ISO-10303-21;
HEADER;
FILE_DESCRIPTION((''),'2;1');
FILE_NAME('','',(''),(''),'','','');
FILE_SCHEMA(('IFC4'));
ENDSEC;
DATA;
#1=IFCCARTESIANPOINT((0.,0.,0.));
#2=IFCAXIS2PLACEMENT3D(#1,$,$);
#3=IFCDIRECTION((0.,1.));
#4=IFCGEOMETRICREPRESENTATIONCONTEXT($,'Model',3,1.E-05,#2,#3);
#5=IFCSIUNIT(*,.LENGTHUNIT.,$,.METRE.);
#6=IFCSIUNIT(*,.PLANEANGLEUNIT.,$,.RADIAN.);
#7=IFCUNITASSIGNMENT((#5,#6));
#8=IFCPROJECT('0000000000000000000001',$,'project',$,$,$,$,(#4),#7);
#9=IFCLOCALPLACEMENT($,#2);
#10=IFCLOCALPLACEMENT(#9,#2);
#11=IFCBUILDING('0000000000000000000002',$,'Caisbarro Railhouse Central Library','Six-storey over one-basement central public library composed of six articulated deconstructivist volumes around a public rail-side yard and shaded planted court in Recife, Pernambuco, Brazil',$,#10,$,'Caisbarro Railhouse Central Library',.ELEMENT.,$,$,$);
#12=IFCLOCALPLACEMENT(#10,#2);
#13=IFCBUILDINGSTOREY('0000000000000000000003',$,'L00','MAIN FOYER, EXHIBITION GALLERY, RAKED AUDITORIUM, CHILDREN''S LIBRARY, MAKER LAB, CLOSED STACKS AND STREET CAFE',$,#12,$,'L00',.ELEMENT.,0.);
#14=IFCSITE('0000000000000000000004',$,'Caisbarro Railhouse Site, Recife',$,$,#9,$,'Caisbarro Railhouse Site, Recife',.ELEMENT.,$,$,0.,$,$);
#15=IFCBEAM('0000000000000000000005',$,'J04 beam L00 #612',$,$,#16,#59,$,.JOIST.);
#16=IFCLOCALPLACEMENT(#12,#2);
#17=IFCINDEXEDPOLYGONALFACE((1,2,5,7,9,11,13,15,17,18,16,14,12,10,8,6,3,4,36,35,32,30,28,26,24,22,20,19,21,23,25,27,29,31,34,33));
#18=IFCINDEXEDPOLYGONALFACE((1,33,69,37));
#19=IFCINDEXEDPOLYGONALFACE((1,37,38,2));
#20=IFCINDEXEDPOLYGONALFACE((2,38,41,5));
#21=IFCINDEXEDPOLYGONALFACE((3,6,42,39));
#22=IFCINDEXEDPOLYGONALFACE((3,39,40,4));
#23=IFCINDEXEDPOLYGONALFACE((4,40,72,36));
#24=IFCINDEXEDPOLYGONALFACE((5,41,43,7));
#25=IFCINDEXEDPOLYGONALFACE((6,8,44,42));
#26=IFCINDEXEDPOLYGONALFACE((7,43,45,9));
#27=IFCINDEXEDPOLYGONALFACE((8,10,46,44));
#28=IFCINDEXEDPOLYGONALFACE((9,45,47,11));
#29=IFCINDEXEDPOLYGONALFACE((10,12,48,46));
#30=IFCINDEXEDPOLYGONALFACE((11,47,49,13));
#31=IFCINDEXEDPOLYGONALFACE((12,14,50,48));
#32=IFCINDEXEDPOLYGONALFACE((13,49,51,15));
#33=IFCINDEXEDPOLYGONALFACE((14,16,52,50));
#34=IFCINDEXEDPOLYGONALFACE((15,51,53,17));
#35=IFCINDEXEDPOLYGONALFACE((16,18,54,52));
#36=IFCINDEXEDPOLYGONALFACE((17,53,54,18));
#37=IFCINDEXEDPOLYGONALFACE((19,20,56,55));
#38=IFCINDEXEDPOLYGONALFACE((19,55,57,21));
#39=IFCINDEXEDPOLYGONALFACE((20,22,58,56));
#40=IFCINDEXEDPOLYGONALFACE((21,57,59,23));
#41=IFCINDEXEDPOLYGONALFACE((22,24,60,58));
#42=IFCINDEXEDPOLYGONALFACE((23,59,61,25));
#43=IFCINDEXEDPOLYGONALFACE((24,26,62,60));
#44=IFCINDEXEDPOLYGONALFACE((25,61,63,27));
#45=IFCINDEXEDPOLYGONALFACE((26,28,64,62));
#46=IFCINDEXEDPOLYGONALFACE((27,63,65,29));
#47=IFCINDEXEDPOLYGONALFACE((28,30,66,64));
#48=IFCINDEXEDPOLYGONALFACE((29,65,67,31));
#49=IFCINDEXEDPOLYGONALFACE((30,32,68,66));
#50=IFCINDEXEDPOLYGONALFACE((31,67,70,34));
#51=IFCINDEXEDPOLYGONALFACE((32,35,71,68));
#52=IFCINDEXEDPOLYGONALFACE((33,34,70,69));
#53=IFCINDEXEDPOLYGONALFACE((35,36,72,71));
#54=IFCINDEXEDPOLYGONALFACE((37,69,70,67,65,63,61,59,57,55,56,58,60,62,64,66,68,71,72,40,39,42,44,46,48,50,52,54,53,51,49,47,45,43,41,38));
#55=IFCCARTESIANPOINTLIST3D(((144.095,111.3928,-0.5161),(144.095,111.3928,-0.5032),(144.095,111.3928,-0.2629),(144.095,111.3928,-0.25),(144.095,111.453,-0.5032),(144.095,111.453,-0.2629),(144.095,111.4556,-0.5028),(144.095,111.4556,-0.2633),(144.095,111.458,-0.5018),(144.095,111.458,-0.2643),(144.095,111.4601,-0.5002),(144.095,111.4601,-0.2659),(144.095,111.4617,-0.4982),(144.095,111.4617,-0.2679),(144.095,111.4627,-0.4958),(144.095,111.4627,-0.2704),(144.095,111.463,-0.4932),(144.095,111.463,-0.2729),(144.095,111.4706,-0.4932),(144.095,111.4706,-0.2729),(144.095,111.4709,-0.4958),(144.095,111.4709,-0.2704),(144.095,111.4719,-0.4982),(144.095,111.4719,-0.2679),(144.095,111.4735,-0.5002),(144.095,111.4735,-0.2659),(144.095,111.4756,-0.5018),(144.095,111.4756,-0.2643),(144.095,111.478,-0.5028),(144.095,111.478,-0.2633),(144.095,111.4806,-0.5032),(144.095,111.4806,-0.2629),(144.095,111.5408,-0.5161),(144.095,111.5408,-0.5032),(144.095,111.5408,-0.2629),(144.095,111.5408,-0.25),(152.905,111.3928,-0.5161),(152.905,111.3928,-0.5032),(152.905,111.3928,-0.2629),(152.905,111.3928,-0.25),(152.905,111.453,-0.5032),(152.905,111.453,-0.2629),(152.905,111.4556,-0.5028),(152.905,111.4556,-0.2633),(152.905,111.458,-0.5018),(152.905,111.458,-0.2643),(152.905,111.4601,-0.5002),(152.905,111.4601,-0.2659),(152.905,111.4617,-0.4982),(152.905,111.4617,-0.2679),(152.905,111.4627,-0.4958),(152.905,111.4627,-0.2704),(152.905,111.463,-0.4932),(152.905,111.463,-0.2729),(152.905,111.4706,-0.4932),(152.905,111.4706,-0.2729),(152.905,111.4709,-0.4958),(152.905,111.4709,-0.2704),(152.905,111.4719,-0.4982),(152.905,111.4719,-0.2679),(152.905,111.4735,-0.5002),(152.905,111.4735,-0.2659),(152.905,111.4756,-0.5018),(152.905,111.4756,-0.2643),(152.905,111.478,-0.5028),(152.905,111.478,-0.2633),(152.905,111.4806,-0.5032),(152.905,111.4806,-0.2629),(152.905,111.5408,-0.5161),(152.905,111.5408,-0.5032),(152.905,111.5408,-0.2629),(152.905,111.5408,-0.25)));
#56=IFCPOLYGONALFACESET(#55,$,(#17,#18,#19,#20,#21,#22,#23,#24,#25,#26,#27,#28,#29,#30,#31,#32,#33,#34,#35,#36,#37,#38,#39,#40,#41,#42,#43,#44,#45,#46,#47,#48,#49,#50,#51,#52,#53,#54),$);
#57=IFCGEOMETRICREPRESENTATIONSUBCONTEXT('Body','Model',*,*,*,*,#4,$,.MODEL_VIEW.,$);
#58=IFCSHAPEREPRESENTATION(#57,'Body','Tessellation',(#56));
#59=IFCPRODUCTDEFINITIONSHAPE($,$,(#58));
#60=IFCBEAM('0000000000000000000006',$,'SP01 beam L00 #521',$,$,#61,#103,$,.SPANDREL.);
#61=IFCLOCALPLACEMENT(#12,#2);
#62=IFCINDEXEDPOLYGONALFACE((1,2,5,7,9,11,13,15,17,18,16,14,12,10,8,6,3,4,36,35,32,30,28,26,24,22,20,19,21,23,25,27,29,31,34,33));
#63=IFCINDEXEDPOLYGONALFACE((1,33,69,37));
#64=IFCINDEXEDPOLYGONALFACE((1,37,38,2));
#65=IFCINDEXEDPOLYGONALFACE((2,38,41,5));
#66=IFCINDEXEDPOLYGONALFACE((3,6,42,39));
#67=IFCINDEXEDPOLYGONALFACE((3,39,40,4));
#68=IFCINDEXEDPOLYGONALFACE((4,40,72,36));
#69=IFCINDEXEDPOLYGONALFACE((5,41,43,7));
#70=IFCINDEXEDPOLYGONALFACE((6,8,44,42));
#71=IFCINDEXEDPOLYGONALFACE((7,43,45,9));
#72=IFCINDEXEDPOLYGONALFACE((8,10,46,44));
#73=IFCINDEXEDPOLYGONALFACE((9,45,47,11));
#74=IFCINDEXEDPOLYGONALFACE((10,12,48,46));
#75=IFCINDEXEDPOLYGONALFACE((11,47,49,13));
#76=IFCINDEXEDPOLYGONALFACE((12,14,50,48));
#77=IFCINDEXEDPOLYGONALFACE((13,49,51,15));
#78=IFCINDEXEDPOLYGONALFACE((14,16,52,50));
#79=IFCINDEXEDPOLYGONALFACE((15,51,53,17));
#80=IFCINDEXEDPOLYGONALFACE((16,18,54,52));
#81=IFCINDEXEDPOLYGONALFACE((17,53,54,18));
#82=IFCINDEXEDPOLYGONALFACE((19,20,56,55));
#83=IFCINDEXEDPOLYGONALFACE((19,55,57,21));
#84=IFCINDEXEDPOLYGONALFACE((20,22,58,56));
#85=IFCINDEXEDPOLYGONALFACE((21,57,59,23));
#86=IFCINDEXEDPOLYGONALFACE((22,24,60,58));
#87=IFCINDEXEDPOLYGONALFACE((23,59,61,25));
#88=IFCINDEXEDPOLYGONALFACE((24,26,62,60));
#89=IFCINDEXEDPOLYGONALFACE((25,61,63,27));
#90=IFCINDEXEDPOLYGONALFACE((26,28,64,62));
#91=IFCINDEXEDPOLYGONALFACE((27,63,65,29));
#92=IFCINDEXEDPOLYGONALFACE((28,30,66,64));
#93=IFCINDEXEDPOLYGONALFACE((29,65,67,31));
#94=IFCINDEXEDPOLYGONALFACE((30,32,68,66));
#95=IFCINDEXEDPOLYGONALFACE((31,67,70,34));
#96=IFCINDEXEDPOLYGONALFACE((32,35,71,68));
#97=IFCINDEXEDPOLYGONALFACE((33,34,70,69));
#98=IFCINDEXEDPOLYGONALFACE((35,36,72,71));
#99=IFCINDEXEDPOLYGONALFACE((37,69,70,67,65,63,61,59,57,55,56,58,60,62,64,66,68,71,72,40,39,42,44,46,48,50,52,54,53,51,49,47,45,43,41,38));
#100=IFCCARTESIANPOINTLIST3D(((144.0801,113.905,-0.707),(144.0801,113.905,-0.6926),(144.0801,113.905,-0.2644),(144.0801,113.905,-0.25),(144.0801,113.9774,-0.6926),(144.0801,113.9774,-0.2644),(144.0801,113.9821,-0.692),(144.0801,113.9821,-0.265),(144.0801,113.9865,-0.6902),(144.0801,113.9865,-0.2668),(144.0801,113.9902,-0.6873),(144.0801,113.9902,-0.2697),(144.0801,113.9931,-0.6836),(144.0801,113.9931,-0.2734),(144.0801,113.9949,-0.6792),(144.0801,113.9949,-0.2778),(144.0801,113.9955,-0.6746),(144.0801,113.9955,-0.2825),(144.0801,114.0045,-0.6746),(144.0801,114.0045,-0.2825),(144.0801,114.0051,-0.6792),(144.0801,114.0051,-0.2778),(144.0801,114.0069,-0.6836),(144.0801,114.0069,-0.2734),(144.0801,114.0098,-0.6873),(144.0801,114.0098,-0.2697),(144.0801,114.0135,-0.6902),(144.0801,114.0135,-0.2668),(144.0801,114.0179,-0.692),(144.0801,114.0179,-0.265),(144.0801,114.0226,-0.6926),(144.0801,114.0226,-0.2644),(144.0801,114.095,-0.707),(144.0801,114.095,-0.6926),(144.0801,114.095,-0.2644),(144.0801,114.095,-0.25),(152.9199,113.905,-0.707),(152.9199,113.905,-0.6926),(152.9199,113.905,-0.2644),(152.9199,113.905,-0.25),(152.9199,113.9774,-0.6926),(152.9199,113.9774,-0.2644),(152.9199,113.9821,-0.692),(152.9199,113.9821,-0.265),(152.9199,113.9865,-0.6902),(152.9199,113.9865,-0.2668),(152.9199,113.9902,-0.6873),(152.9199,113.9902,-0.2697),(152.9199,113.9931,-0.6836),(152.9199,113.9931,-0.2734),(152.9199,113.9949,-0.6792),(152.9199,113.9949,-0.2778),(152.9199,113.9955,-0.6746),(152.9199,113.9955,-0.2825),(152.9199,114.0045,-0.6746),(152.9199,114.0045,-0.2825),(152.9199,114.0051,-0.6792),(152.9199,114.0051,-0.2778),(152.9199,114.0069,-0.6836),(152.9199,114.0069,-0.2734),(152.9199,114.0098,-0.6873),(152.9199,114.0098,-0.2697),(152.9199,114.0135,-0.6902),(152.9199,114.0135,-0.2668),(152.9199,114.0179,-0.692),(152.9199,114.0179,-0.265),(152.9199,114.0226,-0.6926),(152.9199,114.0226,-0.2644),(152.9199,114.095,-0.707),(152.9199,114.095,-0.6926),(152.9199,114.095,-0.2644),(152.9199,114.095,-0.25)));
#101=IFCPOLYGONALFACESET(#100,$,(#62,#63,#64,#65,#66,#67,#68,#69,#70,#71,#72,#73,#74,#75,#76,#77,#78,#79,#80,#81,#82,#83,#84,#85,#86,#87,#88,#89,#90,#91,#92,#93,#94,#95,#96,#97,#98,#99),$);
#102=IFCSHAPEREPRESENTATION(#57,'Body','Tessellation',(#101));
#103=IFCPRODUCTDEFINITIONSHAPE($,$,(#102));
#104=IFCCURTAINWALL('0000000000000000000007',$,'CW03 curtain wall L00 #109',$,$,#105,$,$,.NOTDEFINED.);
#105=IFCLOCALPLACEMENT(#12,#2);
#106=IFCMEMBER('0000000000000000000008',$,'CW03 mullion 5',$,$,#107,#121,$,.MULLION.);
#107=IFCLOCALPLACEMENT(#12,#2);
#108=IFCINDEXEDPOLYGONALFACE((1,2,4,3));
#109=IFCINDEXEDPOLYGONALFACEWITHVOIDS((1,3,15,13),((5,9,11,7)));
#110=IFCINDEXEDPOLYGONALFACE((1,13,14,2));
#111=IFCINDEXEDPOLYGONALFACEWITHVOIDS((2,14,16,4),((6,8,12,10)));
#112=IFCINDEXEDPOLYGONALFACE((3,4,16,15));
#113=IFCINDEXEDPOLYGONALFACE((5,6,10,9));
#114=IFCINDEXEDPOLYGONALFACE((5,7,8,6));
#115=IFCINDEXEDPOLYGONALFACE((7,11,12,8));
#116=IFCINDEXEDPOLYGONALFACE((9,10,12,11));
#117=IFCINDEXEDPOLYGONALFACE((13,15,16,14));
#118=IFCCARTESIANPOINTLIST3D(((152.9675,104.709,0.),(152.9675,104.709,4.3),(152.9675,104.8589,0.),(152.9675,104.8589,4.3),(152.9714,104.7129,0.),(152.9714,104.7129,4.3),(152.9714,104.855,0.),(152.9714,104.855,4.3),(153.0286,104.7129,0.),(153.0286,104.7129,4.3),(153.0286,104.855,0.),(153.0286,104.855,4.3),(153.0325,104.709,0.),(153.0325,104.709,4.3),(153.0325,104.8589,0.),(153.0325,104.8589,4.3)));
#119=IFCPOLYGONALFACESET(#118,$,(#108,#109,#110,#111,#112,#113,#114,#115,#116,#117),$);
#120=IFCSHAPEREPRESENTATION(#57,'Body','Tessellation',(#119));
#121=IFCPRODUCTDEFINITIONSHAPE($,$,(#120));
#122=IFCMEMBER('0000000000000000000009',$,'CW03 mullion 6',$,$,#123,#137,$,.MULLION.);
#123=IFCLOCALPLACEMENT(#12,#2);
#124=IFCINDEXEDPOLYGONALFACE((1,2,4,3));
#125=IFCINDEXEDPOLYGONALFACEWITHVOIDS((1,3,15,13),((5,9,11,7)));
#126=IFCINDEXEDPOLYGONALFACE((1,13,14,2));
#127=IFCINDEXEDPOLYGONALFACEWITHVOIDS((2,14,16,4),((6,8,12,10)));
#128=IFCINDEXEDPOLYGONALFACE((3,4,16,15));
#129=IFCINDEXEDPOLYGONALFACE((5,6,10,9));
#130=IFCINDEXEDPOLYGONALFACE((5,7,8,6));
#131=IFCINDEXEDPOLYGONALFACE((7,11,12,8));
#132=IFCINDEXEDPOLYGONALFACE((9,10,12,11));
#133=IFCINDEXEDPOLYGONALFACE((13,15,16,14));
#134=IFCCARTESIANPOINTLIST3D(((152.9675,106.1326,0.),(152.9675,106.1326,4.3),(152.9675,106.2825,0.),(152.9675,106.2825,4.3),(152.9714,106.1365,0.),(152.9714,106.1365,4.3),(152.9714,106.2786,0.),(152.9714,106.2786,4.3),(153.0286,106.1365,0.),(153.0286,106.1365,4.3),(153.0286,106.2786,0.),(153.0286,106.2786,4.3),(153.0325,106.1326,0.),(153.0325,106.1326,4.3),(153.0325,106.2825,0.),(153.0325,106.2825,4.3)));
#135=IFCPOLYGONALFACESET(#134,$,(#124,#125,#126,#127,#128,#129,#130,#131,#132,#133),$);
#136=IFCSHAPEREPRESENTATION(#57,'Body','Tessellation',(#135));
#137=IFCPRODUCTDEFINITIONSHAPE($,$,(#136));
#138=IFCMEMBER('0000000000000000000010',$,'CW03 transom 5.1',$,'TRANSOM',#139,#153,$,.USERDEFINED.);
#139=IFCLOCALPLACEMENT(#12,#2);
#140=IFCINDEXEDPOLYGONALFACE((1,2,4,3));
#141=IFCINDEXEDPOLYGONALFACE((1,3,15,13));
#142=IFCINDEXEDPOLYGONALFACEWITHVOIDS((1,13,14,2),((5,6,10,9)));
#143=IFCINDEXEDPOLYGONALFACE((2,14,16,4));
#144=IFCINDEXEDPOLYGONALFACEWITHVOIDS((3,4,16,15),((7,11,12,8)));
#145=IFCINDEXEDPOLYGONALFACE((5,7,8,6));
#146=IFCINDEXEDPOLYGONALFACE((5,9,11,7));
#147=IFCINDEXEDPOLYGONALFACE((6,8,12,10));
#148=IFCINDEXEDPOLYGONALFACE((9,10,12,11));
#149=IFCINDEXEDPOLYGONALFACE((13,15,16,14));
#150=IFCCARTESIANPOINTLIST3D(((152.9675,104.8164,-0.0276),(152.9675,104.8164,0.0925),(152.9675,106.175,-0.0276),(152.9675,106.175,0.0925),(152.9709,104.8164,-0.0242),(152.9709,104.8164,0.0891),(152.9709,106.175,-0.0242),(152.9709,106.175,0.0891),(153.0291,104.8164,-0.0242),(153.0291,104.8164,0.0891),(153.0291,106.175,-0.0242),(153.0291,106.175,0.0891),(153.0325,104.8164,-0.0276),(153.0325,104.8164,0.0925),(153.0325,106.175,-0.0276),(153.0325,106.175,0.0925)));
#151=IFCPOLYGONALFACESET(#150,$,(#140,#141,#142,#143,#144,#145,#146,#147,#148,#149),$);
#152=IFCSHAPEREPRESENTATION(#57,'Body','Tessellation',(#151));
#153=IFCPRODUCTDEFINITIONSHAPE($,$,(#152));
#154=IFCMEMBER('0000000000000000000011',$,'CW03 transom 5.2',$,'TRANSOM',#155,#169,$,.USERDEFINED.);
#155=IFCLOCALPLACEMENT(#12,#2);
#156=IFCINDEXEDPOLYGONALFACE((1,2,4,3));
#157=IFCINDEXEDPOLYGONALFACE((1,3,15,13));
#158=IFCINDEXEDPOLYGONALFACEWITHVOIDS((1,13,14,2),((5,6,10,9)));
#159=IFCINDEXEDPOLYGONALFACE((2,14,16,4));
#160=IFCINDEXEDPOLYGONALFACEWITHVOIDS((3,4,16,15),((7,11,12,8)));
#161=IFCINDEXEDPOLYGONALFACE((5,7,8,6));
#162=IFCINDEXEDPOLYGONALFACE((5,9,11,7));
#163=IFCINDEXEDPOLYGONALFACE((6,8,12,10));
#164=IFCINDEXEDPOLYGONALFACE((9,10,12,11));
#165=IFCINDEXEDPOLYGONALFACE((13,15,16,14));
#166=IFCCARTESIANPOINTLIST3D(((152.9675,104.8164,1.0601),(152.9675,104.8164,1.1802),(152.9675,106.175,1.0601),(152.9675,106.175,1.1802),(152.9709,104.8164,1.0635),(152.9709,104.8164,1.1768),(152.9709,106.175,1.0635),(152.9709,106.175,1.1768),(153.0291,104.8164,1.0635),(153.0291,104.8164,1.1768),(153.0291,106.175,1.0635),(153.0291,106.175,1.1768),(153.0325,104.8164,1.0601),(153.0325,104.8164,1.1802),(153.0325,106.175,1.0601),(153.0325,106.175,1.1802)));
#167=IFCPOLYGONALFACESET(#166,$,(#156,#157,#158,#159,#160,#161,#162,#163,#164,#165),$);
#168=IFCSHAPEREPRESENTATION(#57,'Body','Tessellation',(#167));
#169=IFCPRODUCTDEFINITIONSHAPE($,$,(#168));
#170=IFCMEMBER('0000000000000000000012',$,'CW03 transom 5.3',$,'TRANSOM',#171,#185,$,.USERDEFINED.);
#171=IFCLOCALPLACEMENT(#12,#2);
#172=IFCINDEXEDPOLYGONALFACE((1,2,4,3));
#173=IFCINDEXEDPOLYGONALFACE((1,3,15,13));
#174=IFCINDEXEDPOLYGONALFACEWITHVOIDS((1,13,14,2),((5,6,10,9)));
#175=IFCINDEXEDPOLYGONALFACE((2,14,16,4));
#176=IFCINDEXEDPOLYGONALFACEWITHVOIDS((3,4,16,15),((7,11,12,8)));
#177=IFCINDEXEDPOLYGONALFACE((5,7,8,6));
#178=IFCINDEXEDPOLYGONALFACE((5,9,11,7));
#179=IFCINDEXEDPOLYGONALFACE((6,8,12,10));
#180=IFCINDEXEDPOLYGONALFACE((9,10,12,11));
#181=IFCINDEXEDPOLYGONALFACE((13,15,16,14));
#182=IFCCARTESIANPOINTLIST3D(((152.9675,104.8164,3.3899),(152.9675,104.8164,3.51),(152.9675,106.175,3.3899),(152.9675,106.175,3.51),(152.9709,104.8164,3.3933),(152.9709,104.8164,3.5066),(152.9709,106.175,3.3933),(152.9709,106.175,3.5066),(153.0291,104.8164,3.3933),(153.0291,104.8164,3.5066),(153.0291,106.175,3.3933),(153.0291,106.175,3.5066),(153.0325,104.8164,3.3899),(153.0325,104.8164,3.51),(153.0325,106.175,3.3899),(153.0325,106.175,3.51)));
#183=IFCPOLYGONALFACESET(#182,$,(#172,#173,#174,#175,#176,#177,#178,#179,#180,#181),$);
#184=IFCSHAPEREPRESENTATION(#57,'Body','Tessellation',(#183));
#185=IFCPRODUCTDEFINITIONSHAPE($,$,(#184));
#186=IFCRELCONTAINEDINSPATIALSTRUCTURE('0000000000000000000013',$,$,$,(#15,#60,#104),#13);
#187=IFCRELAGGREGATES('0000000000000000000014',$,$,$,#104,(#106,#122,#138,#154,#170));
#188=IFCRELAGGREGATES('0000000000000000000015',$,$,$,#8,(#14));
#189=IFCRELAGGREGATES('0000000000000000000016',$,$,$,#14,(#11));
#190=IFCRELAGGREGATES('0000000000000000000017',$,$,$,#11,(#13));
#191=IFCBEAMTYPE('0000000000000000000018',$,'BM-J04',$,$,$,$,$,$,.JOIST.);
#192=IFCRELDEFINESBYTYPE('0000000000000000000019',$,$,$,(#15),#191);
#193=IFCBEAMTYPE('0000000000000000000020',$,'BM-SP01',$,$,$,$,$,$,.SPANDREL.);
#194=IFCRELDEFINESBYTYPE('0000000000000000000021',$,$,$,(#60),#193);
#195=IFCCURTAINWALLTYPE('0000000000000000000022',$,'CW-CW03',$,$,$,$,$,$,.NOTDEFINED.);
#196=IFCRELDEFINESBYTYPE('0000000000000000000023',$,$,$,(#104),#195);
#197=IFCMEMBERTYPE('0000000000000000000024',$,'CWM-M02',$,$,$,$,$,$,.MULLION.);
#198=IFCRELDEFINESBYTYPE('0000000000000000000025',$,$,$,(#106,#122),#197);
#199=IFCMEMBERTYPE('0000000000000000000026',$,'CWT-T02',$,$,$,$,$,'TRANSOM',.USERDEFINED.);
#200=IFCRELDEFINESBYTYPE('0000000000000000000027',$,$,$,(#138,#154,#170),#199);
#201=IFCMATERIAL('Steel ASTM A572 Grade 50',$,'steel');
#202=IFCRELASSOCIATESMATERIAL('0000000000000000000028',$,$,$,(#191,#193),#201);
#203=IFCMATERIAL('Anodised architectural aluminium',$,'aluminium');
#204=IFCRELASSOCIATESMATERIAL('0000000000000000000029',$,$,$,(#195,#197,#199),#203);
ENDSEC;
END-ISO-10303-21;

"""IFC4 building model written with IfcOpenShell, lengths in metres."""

from ifc_helpers import new_model, si_unit, direction, frame, origin, origin_2d, place, context, subcontext, project, spatial, hollow_rectangle, i_section, extrude, material, material_profile, profile_set, type_object, element, aggregate, save


model = new_model("IFC4")

# Units and contexts
model_context = context("Model", 3, precision=1e-05, world=origin(), true_north=direction((0.0, 1.0)))
body_context = subcontext(model_context, "Body", "Model", "MODEL_VIEW")
ifc_project = project(units=[si_unit("LENGTHUNIT", "METRE"), si_unit("PLANEANGLEUNIT", "RADIAN")], contexts=[model_context])

# Site, building, storey
site_placement = place(None, origin())
site = spatial("IfcSite", under=ifc_project, at=site_placement, Name="Caisbarro Railhouse Site, Recife", LongName="Caisbarro Railhouse Site, Recife", CompositionType="ELEMENT", RefElevation=0.0)
building_placement = place(site_placement, origin())
building = spatial("IfcBuilding", under=site, at=building_placement, Name="Caisbarro Railhouse Central Library", Description="Six-storey over one-basement central public library composed of six articulated deconstructivist volumes around a public rail-side yard and shaded planted court in Recife, Pernambuco, Brazil", LongName="Caisbarro Railhouse Central Library", CompositionType="ELEMENT")
storey_placement = place(building_placement, origin())
storey = spatial("IfcBuildingStorey", under=building, at=storey_placement, Name="L00", Description="MAIN FOYER, EXHIBITION GALLERY, RAKED AUDITORIUM, CHILDREN'S LIBRARY, MAKER LAB, CLOSED STACKS AND STREET CAFE", LongName="L00", CompositionType="ELEMENT", Elevation=0.0)

# Shared definitions
ifc_material_1 = material(Name="Steel ASTM A572 Grade 50", Category="steel")

# Beams
ifc_material_profile_1 = material_profile(ifc_material_1, i_section(OverallWidth=0.1479, OverallDepth=0.2661, WebThickness=0.0076, FlangeThickness=0.0129, FilletRadius=0.01, at=origin_2d()), Name="W250X44.8")
ifc_profile_set_1 = profile_set([ifc_material_profile_1], Name="Steel ASTM A572 Grade 50")
beam_type_1 = type_object("IfcBeamType", Name="BM-J04", PredefinedType="JOIST", material=ifc_profile_set_1)
for number, where, z_axis, x_axis, name in (
    (1, (144.095, 111.4668, -0.3831), (1.0, 0.0, 0.0), (0.0, 1.0, 0.0), "J04 beam L00 #612"),
):
    element("IfcBeam", number, at=place(storey_placement, frame(where, z_axis=z_axis, x_axis=x_axis)), inside=storey, type_object=beam_type_1, Name=name, PredefinedType="JOIST", context=body_context, shape_type="SweptSolid", body=[
        extrude(i_section(OverallWidth=0.1479, OverallDepth=0.2661, WebThickness=0.0076, FlangeThickness=0.0129, FilletRadius=0.01, at=origin_2d()), origin(), (0.0, 0.0, 1.0), 8.8101),
    ])
ifc_material_profile_2 = material_profile(ifc_material_1, i_section(OverallWidth=0.1899, OverallDepth=0.457, WebThickness=0.009, FlangeThickness=0.0144, FilletRadius=0.0181, at=origin_2d()), Name="W460X74.0")
ifc_profile_set_2 = profile_set([ifc_material_profile_2], Name="Steel ASTM A572 Grade 50")
beam_type_2 = type_object("IfcBeamType", Name="BM-SP01", PredefinedType="SPANDREL", material=ifc_profile_set_2)
beam_1_placement = place(storey_placement, frame((144.0801, 114.0, -0.4785), z_axis=(1.0, 0.0, 0.0), x_axis=(0.0, 1.0, 0.0)))
element("IfcBeam", 2, at=beam_1_placement, inside=storey, type_object=beam_type_2, Name="SP01 beam L00 #521", PredefinedType="SPANDREL", context=body_context, shape_type="SweptSolid", body=[
    extrude(i_section(OverallWidth=0.1899, OverallDepth=0.457, WebThickness=0.009, FlangeThickness=0.0144, FilletRadius=0.0181, at=origin_2d()), origin(), (0.0, 0.0, 1.0), 8.8398),
])

# Curtain wall, members
ifc_material_2 = material(Name="Anodised architectural aluminium", Category="aluminium")
curtain_wall_type = type_object("IfcCurtainWallType", Name="CW-CW03", PredefinedType="NOTDEFINED", material=ifc_material_2)
curtain_wall_placement = place(storey_placement, origin())
curtain_wall = element("IfcCurtainWall", 3, at=curtain_wall_placement, inside=storey, type_object=curtain_wall_type, Name="CW03 curtain wall L00 #109", PredefinedType="NOTDEFINED")
ifc_material_profile_3 = material_profile(ifc_material_2, hollow_rectangle(XDim=0.0649, YDim=0.1499, WallThickness=0.0039, at=origin_2d()), Name="ALU-MUL-65X150")
ifc_profile_set_3 = profile_set([ifc_material_profile_3], Name="Anodised architectural aluminium")
member_type_1 = type_object("IfcMemberType", Name="CWM-M02", PredefinedType="MULLION", material=ifc_profile_set_3)
member_1_placement = place(storey_placement, frame((153.0, 104.7839, 0.0), z_axis=(0.0, 0.0, 1.0), x_axis=(-1.0, 0.0, 0.0)))
member_1 = element("IfcMember", 4, at=member_1_placement, type_object=member_type_1, Name="CW03 mullion 5", PredefinedType="MULLION", context=body_context, shape_type="SweptSolid", body=[
    extrude(hollow_rectangle(XDim=0.0649, YDim=0.1499, WallThickness=0.0039, at=origin_2d()), origin(), (0.0, 0.0, 1.0), 4.3),
])
member_2_placement = place(storey_placement, frame((153.0, 106.2075, 0.0), z_axis=(0.0, 0.0, 1.0), x_axis=(-1.0, 0.0, 0.0)))
member_2 = element("IfcMember", 5, at=member_2_placement, type_object=member_type_1, Name="CW03 mullion 6", PredefinedType="MULLION", context=body_context, shape_type="SweptSolid", body=[
    extrude(hollow_rectangle(XDim=0.0649, YDim=0.1499, WallThickness=0.0039, at=origin_2d()), origin(), (0.0, 0.0, 1.0), 4.3),
])
ifc_material_profile_4 = material_profile(ifc_material_2, hollow_rectangle(XDim=0.0649, YDim=0.1201, WallThickness=0.0034, at=origin_2d()), Name="ALU-TRN-65X120")
ifc_profile_set_4 = profile_set([ifc_material_profile_4], Name="Anodised architectural aluminium")
member_type_2 = type_object("IfcMemberType", Name="CWT-T02", ElementType="TRANSOM", PredefinedType="USERDEFINED", material=ifc_profile_set_4)
member_3_placement = place(storey_placement, frame((153.0, 104.8164, 0.0325), z_axis=(0.0, 1.0, 0.0), x_axis=(-1.0, 0.0, 0.0)))
member_3 = element("IfcMember", 6, at=member_3_placement, type_object=member_type_2, Name="CW03 transom 5.1", ObjectType="TRANSOM", PredefinedType="USERDEFINED", context=body_context, shape_type="SweptSolid", body=[
    extrude(hollow_rectangle(XDim=0.0649, YDim=0.1201, WallThickness=0.0034, at=origin_2d()), origin(), (0.0, 0.0, 1.0), 1.3586),
])
member_4_placement = place(storey_placement, frame((153.0, 104.8164, 1.1201), z_axis=(0.0, 1.0, 0.0), x_axis=(-1.0, 0.0, 0.0)))
member_4 = element("IfcMember", 7, at=member_4_placement, type_object=member_type_2, Name="CW03 transom 5.2", ObjectType="TRANSOM", PredefinedType="USERDEFINED", context=body_context, shape_type="SweptSolid", body=[
    extrude(hollow_rectangle(XDim=0.0649, YDim=0.1201, WallThickness=0.0034, at=origin_2d()), origin(), (0.0, 0.0, 1.0), 1.3586),
])
member_5_placement = place(storey_placement, frame((153.0, 104.8164, 3.45), z_axis=(0.0, 1.0, 0.0), x_axis=(-1.0, 0.0, 0.0)))
member_5 = element("IfcMember", 8, at=member_5_placement, type_object=member_type_2, Name="CW03 transom 5.3", ObjectType="TRANSOM", PredefinedType="USERDEFINED", context=body_context, shape_type="SweptSolid", body=[
    extrude(hollow_rectangle(XDim=0.0649, YDim=0.1201, WallThickness=0.0034, at=origin_2d()), origin(), (0.0, 0.0, 1.0), 1.3586),
])
aggregate(curtain_wall, [member_1, member_2, member_3, member_4, member_5])

save(model, "model.ifc")
